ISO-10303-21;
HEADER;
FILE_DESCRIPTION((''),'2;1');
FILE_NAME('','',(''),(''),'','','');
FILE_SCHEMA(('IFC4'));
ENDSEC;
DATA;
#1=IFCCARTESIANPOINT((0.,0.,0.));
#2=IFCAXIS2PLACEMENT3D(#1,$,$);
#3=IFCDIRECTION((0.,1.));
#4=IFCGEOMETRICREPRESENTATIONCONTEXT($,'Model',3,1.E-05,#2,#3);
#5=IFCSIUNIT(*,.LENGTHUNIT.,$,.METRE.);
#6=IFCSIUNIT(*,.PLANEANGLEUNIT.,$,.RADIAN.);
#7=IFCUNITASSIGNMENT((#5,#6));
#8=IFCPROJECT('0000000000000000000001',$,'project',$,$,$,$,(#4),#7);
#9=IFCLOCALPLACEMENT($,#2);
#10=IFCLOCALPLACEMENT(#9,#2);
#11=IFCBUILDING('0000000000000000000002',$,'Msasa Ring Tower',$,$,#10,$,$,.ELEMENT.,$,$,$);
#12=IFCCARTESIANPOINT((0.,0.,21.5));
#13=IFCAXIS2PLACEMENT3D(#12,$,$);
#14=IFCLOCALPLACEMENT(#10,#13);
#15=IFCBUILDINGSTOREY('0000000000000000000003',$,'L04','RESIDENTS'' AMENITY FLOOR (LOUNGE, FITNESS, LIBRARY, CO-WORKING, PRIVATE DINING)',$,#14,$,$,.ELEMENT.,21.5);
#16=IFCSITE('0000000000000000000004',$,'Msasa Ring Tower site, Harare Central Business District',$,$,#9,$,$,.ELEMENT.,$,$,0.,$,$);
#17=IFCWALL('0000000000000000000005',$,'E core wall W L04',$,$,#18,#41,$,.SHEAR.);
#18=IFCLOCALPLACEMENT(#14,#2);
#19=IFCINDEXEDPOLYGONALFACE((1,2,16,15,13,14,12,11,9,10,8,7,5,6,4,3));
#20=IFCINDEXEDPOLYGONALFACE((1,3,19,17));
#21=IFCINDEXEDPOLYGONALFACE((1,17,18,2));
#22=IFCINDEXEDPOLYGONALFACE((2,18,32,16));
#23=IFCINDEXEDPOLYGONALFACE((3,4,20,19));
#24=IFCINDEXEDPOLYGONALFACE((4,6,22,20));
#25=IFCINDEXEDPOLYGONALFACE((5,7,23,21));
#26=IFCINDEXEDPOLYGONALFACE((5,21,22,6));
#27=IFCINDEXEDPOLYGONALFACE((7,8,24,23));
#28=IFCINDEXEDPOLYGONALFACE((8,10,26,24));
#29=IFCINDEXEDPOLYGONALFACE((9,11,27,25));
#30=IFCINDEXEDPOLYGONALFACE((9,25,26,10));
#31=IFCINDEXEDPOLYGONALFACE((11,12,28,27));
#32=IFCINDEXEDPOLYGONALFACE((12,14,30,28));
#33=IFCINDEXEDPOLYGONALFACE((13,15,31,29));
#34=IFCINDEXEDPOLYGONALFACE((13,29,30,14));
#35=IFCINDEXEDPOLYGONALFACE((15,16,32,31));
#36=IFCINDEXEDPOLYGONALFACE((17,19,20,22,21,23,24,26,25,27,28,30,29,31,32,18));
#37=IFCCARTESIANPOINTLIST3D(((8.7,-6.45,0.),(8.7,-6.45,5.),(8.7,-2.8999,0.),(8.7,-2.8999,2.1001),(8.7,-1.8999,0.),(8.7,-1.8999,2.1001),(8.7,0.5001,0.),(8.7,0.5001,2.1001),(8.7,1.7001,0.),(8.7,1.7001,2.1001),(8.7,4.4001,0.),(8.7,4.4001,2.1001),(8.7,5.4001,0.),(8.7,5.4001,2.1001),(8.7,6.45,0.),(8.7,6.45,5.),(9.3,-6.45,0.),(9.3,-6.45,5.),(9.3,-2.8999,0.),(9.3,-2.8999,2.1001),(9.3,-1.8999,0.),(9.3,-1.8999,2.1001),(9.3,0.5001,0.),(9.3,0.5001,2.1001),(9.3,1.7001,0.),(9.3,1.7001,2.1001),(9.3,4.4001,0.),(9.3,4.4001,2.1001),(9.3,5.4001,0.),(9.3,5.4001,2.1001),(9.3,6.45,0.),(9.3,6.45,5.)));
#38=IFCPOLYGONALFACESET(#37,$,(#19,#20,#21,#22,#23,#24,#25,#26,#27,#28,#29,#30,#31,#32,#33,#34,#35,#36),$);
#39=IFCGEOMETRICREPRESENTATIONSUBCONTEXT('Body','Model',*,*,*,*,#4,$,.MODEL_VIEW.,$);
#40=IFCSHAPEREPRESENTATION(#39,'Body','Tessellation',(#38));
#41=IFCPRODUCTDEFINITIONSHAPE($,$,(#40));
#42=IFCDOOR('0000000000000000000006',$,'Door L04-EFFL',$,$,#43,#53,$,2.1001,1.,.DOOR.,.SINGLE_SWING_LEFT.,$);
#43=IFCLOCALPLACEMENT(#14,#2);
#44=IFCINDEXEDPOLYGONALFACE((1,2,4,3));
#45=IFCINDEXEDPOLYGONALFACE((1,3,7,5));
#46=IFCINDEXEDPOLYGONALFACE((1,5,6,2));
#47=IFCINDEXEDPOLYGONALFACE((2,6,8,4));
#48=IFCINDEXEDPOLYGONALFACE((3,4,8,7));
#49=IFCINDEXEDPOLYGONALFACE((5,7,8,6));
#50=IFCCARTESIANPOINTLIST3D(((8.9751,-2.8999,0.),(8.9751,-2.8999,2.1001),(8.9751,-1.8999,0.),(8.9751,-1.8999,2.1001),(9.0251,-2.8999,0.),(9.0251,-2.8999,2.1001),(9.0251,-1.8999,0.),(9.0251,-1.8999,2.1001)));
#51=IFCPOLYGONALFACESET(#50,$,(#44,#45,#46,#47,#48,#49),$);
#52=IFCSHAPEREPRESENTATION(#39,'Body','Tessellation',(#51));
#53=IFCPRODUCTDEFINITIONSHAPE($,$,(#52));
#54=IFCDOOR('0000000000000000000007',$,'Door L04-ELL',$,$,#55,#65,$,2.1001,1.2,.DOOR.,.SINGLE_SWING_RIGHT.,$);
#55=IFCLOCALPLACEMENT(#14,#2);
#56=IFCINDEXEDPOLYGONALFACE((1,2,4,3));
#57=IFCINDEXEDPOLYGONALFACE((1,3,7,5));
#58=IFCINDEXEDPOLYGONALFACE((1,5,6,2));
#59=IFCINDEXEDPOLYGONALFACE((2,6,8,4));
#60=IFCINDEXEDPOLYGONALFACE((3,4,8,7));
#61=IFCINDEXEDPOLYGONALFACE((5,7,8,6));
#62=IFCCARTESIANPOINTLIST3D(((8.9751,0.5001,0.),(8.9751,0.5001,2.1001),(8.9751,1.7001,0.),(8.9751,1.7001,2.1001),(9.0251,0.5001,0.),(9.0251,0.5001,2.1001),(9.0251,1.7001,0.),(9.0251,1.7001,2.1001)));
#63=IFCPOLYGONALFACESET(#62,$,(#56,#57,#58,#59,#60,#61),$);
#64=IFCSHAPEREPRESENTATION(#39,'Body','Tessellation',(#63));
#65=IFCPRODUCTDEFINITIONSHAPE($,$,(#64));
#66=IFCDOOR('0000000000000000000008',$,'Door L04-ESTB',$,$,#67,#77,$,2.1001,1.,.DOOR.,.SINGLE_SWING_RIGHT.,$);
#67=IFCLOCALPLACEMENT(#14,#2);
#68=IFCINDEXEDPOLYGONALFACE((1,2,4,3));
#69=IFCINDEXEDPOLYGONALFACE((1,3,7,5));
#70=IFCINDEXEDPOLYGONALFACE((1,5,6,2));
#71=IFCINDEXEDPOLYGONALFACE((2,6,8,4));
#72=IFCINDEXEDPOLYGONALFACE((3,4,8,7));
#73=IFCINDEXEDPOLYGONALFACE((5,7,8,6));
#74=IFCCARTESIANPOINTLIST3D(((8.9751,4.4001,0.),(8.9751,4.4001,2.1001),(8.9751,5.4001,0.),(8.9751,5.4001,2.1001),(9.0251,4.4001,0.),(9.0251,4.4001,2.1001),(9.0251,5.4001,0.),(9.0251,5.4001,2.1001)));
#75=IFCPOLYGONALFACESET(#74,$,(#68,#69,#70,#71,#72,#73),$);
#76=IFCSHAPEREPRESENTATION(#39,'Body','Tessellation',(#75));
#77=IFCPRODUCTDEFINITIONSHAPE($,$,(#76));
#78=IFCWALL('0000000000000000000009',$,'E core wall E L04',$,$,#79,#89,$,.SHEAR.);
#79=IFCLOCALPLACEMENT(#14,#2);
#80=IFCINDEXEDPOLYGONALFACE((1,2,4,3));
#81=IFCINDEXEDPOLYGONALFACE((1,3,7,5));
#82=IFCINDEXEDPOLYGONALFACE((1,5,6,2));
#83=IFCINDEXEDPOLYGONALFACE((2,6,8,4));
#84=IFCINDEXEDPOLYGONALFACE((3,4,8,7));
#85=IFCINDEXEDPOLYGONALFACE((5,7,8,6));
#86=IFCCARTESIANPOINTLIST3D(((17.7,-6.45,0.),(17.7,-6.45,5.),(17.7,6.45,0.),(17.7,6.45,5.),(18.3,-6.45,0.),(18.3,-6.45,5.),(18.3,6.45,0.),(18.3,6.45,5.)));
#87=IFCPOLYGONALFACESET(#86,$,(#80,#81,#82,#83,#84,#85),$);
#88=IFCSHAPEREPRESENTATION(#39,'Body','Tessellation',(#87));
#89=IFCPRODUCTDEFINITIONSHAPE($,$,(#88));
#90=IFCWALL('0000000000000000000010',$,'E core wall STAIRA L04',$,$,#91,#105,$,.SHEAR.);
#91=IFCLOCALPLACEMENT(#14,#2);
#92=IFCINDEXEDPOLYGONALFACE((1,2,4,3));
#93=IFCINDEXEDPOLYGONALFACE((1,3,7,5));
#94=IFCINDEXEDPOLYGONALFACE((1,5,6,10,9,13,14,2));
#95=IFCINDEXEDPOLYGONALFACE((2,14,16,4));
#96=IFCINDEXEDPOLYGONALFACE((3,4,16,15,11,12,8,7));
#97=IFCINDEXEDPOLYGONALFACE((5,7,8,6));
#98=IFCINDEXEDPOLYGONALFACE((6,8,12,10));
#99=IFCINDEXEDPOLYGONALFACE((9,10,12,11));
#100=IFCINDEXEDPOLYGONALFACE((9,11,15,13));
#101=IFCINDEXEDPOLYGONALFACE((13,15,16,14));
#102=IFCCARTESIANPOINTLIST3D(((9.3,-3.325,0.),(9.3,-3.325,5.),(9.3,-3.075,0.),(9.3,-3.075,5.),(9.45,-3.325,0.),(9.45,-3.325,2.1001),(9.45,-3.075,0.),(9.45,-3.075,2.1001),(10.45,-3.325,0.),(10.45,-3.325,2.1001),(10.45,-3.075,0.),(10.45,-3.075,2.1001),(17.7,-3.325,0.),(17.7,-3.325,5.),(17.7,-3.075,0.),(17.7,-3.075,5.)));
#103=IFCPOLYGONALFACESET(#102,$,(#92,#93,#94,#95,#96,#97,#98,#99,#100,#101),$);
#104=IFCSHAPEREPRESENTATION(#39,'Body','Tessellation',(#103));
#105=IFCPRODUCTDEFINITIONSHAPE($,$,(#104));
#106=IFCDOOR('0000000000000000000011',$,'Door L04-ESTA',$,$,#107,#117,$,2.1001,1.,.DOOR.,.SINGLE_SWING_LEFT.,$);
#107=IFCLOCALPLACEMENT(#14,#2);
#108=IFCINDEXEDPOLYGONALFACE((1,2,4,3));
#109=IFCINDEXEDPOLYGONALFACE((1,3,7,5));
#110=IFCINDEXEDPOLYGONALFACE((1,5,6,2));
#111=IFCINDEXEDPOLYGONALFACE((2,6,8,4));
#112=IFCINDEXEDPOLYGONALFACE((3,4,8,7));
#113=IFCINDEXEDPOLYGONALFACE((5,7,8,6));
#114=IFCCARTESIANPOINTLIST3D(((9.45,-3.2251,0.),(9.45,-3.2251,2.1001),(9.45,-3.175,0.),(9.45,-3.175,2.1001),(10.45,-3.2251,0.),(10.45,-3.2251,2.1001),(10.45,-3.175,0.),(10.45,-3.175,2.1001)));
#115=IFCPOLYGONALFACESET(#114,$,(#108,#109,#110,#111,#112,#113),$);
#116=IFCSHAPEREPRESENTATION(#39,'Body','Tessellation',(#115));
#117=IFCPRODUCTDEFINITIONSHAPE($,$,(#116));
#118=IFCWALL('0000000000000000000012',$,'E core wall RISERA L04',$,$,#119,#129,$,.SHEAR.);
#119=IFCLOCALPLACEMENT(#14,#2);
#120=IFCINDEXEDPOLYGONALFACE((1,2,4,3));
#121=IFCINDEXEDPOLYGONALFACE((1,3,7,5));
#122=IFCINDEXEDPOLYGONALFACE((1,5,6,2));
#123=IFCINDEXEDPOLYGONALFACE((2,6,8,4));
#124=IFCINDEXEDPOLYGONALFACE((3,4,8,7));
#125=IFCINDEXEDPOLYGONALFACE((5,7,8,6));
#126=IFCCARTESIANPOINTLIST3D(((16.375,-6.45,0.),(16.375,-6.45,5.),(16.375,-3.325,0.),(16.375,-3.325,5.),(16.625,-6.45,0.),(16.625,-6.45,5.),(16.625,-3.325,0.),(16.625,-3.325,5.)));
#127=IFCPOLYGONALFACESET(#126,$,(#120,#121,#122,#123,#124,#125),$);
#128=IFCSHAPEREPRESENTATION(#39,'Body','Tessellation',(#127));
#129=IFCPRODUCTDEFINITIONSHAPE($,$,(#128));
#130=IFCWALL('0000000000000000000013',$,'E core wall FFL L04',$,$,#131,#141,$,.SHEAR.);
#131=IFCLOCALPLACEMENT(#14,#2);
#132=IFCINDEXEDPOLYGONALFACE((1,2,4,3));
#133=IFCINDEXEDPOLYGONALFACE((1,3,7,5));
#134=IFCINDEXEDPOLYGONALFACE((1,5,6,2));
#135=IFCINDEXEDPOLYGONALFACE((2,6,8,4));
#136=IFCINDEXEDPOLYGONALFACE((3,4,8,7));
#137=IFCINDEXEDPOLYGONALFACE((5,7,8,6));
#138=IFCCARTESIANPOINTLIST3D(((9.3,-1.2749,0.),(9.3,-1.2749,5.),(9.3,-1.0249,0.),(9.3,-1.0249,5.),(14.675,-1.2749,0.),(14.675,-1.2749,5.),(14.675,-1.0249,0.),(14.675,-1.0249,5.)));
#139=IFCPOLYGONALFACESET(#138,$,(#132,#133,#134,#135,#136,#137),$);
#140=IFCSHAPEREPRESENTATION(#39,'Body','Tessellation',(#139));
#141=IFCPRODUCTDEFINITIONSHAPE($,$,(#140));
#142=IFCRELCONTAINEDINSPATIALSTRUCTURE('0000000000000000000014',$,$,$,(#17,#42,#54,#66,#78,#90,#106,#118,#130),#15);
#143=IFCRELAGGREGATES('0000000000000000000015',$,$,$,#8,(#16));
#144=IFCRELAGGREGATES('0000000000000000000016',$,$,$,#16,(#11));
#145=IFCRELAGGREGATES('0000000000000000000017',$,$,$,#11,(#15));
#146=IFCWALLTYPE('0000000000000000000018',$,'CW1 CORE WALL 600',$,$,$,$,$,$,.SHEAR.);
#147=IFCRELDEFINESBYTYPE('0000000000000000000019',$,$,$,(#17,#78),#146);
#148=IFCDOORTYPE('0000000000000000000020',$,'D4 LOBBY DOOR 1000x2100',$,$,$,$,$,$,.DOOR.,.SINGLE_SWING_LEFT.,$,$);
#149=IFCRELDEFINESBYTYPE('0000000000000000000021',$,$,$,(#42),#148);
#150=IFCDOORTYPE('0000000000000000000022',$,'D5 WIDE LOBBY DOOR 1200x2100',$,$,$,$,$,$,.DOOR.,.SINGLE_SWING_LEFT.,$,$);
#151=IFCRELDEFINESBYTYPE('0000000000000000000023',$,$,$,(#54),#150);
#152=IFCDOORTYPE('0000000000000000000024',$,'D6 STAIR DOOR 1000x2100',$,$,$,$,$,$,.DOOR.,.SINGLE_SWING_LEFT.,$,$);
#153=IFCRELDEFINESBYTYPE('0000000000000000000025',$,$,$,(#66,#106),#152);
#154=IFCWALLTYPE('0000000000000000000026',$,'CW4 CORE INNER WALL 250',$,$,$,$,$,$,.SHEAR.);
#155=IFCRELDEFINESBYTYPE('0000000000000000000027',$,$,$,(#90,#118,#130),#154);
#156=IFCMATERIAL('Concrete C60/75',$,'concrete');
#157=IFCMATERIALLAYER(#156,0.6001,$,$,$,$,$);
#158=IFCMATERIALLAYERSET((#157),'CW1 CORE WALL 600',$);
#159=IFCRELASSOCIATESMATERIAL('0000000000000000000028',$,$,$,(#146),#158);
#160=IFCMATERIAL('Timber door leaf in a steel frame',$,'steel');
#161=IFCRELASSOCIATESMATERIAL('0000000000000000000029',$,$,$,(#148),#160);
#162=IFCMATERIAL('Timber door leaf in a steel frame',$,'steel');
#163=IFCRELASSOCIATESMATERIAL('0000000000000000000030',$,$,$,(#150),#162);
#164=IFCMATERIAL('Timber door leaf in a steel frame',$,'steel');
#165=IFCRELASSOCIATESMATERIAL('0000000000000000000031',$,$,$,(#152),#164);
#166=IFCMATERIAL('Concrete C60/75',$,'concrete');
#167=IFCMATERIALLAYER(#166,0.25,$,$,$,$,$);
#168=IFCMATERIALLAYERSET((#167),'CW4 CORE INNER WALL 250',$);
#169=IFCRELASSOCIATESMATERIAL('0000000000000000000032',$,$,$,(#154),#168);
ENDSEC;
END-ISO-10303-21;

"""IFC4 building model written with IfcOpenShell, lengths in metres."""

from ifc_helpers import new_model, si_unit, direction, frame, frame_2d, origin, place, context, subcontext, project, spatial, rectangle, extrude, material, layer, layer_set, type_object, element, fill, save


model = new_model("IFC4")

# Units and contexts
model_context = context("Model", 3, precision=1e-05, world=origin(), true_north=direction((0.0, 1.0)))
body_context = subcontext(model_context, "Body", "Model", "MODEL_VIEW")
ifc_project = project(units=[si_unit("LENGTHUNIT", "METRE"), si_unit("PLANEANGLEUNIT", "RADIAN")], contexts=[model_context])

# Site, building, storey
site_placement = place(None, origin())
site = spatial("IfcSite", under=ifc_project, at=site_placement, Name="Msasa Ring Tower site, Harare Central Business District", CompositionType="ELEMENT", RefElevation=0.0)
building_placement = place(site_placement, origin())
building = spatial("IfcBuilding", under=site, at=building_placement, Name="Msasa Ring Tower", CompositionType="ELEMENT")
storey_placement = place(building_placement, frame((0.0, 0.0, 21.5)))
storey = spatial("IfcBuildingStorey", under=building, at=storey_placement, Name="L04", Description="RESIDENTS' AMENITY FLOOR (LOUNGE, FITNESS, LIBRARY, CO-WORKING, PRIVATE DINING)", CompositionType="ELEMENT", Elevation=21.5)

# Shared definitions
ifc_material_1 = material(Name="Concrete C60/75", Category="concrete")
ifc_layer_1 = layer(ifc_material_1, 0.6001)
ifc_layer_set_1 = layer_set([ifc_layer_1], Name="CW1 CORE WALL 600")
wall_type_1 = type_object("IfcWallType", Name="CW1 CORE WALL 600", PredefinedType="SHEAR", material=ifc_layer_set_1)

# Wall, openings, doors
wall_1_placement = place(storey_placement, frame((9.0, -6.45, 0.0), z_axis=(0.0, 0.0, 1.0), x_axis=(0.0, 1.0, 0.0)))
wall_1 = element("IfcWall", 1, at=wall_1_placement, inside=storey, type_object=wall_type_1, Name="E core wall W L04", PredefinedType="SHEAR", context=body_context, shape_type="SweptSolid", body=[
    extrude(rectangle(XDim=12.8999, YDim=0.6001, at=frame_2d((6.45, 0.0))), origin(), (0.0, 0.0, 1.0), 5.0),
])
opening_1_placement = place(wall_1_placement, frame((3.55, 0.0, 0.0)))
opening_1 = element("IfcOpeningElement", 2, at=opening_1_placement, cuts=wall_1, PredefinedType="OPENING", context=body_context, shape_type="SweptSolid", body=[
    extrude(rectangle(XDim=1.0, YDim=2.1001, at=frame_2d((0.5, 1.05))), frame((0.0, 0.3101, 0.0), z_axis=(0.0, -1.0, 0.0), x_axis=(1.0, 0.0, 0.0)), (0.0, 0.0, 1.0), 0.6201),
])
opening_2_placement = place(wall_1_placement, frame((6.95, 0.0, 0.0)))
opening_2 = element("IfcOpeningElement", 3, at=opening_2_placement, cuts=wall_1, PredefinedType="OPENING", context=body_context, shape_type="SweptSolid", body=[
    extrude(rectangle(XDim=1.2, YDim=2.1001, at=frame_2d((0.6001, 1.05))), frame((0.0, 0.3101, 0.0), z_axis=(0.0, -1.0, 0.0), x_axis=(1.0, 0.0, 0.0)), (0.0, 0.0, 1.0), 0.6201),
])
opening_3_placement = place(wall_1_placement, frame((10.8501, 0.0, 0.0)))
opening_3 = element("IfcOpeningElement", 4, at=opening_3_placement, cuts=wall_1, PredefinedType="OPENING", context=body_context, shape_type="SweptSolid", body=[
    extrude(rectangle(XDim=1.0, YDim=2.1001, at=frame_2d((0.5, 1.05))), frame((0.0, 0.3101, 0.0), z_axis=(0.0, -1.0, 0.0), x_axis=(1.0, 0.0, 0.0)), (0.0, 0.0, 1.0), 0.6201),
])
ifc_material_2 = material(Name="Timber door leaf in a steel frame", Category="steel")
door_type_1 = type_object("IfcDoorType", Name="D4 LOBBY DOOR 1000x2100", OperationType="SINGLE_SWING_LEFT", PredefinedType="DOOR", material=ifc_material_2)
door_1_placement = place(opening_1_placement, origin())
door_1 = element("IfcDoor", 5, at=door_1_placement, inside=storey, type_object=door_type_1, Name="Door L04-EFFL", OperationType="SINGLE_SWING_LEFT", OverallHeight=2.1001, OverallWidth=1.0, PredefinedType="DOOR", context=body_context, shape_type="SweptSolid", body=[
    extrude(rectangle(XDim=1.0, YDim=2.1001, at=frame_2d((0.5, 1.05))), frame((0.0, 0.0249, 0.0), z_axis=(0.0, -1.0, 0.0), x_axis=(1.0, 0.0, 0.0)), (0.0, 0.0, 1.0), 0.05),
])
fill(opening_1, door_1)
ifc_material_3 = material(Name="Timber door leaf in a steel frame", Category="steel")
door_type_2 = type_object("IfcDoorType", Name="D5 WIDE LOBBY DOOR 1200x2100", OperationType="SINGLE_SWING_LEFT", PredefinedType="DOOR", material=ifc_material_3)
door_2_placement = place(opening_2_placement, origin())
door_2 = element("IfcDoor", 6, at=door_2_placement, inside=storey, type_object=door_type_2, Name="Door L04-ELL", OperationType="SINGLE_SWING_RIGHT", OverallHeight=2.1001, OverallWidth=1.2, PredefinedType="DOOR", context=body_context, shape_type="SweptSolid", body=[
    extrude(rectangle(XDim=1.2, YDim=2.1001, at=frame_2d((0.6001, 1.05))), frame((0.0, 0.0249, 0.0), z_axis=(0.0, -1.0, 0.0), x_axis=(1.0, 0.0, 0.0)), (0.0, 0.0, 1.0), 0.05),
])
fill(opening_2, door_2)
ifc_material_4 = material(Name="Timber door leaf in a steel frame", Category="steel")
door_type_3 = type_object("IfcDoorType", Name="D6 STAIR DOOR 1000x2100", OperationType="SINGLE_SWING_LEFT", PredefinedType="DOOR", material=ifc_material_4)
door_3_placement = place(opening_3_placement, origin())
door_3 = element("IfcDoor", 7, at=door_3_placement, inside=storey, type_object=door_type_3, Name="Door L04-ESTB", OperationType="SINGLE_SWING_RIGHT", OverallHeight=2.1001, OverallWidth=1.0, PredefinedType="DOOR", context=body_context, shape_type="SweptSolid", body=[
    extrude(rectangle(XDim=1.0, YDim=2.1001, at=frame_2d((0.5, 1.05))), frame((0.0, 0.0249, 0.0), z_axis=(0.0, -1.0, 0.0), x_axis=(1.0, 0.0, 0.0)), (0.0, 0.0, 1.0), 0.05),
])
fill(opening_3, door_3)

# Wall
wall_2_placement = place(storey_placement, frame((18.0, -6.45, 0.0), z_axis=(0.0, 0.0, 1.0), x_axis=(0.0, 1.0, 0.0)))
element("IfcWall", 8, at=wall_2_placement, inside=storey, type_object=wall_type_1, Name="E core wall E L04", PredefinedType="SHEAR", context=body_context, shape_type="SweptSolid", body=[
    extrude(rectangle(XDim=12.8999, YDim=0.6001, at=frame_2d((6.45, 0.0))), origin(), (0.0, 0.0, 1.0), 5.0),
])

# Wall, opening, door
ifc_material_5 = material(Name="Concrete C60/75", Category="concrete")
ifc_layer_2 = layer(ifc_material_5, 0.25)
ifc_layer_set_2 = layer_set([ifc_layer_2], Name="CW4 CORE INNER WALL 250")
wall_type_2 = type_object("IfcWallType", Name="CW4 CORE INNER WALL 250", PredefinedType="SHEAR", material=ifc_layer_set_2)
wall_3_placement = place(storey_placement, frame((9.3, -3.2, 0.0), z_axis=(0.0, 0.0, 1.0), x_axis=(1.0, 0.0, 0.0)))
wall_3 = element("IfcWall", 9, at=wall_3_placement, inside=storey, type_object=wall_type_2, Name="E core wall STAIRA L04", PredefinedType="SHEAR", context=body_context, shape_type="SweptSolid", body=[
    extrude(rectangle(XDim=8.3999, YDim=0.25, at=frame_2d((4.2, 0.0))), origin(), (0.0, 0.0, 1.0), 5.0),
])
opening_4_placement = place(wall_3_placement, frame((0.1499, 0.0, 0.0)))
opening_4 = element("IfcOpeningElement", 10, at=opening_4_placement, cuts=wall_3, PredefinedType="OPENING", context=body_context, shape_type="SweptSolid", body=[
    extrude(rectangle(XDim=1.0, YDim=2.1001, at=frame_2d((0.5, 1.05))), frame((0.0, 0.135, 0.0), z_axis=(0.0, -1.0, 0.0), x_axis=(1.0, 0.0, 0.0)), (0.0, 0.0, 1.0), 0.27),
])
door_4_placement = place(opening_4_placement, origin())
door_4 = element("IfcDoor", 11, at=door_4_placement, inside=storey, type_object=door_type_3, Name="Door L04-ESTA", OperationType="SINGLE_SWING_LEFT", OverallHeight=2.1001, OverallWidth=1.0, PredefinedType="DOOR", context=body_context, shape_type="SweptSolid", body=[
    extrude(rectangle(XDim=1.0, YDim=2.1001, at=frame_2d((0.5, 1.05))), frame((0.0, 0.0249, 0.0), z_axis=(0.0, -1.0, 0.0), x_axis=(1.0, 0.0, 0.0)), (0.0, 0.0, 1.0), 0.05),
])
fill(opening_4, door_4)

# Walls
wall_4_placement = place(storey_placement, frame((16.5, -6.45, 0.0), z_axis=(0.0, 0.0, 1.0), x_axis=(0.0, 1.0, 0.0)))
element("IfcWall", 12, at=wall_4_placement, inside=storey, type_object=wall_type_2, Name="E core wall RISERA L04", PredefinedType="SHEAR", context=body_context, shape_type="SweptSolid", body=[
    extrude(rectangle(XDim=3.125, YDim=0.25, at=frame_2d((1.5625, 0.0))), origin(), (0.0, 0.0, 1.0), 5.0),
])
wall_5_placement = place(storey_placement, frame((9.3, -1.1499, 0.0), z_axis=(0.0, 0.0, 1.0), x_axis=(1.0, 0.0, 0.0)))
element("IfcWall", 13, at=wall_5_placement, inside=storey, type_object=wall_type_2, Name="E core wall FFL L04", PredefinedType="SHEAR", context=body_context, shape_type="SweptSolid", body=[
    extrude(rectangle(XDim=5.375, YDim=0.25, at=frame_2d((2.6875, 0.0))), origin(), (0.0, 0.0, 1.0), 5.0),
])

save(model, "model.ifc")
